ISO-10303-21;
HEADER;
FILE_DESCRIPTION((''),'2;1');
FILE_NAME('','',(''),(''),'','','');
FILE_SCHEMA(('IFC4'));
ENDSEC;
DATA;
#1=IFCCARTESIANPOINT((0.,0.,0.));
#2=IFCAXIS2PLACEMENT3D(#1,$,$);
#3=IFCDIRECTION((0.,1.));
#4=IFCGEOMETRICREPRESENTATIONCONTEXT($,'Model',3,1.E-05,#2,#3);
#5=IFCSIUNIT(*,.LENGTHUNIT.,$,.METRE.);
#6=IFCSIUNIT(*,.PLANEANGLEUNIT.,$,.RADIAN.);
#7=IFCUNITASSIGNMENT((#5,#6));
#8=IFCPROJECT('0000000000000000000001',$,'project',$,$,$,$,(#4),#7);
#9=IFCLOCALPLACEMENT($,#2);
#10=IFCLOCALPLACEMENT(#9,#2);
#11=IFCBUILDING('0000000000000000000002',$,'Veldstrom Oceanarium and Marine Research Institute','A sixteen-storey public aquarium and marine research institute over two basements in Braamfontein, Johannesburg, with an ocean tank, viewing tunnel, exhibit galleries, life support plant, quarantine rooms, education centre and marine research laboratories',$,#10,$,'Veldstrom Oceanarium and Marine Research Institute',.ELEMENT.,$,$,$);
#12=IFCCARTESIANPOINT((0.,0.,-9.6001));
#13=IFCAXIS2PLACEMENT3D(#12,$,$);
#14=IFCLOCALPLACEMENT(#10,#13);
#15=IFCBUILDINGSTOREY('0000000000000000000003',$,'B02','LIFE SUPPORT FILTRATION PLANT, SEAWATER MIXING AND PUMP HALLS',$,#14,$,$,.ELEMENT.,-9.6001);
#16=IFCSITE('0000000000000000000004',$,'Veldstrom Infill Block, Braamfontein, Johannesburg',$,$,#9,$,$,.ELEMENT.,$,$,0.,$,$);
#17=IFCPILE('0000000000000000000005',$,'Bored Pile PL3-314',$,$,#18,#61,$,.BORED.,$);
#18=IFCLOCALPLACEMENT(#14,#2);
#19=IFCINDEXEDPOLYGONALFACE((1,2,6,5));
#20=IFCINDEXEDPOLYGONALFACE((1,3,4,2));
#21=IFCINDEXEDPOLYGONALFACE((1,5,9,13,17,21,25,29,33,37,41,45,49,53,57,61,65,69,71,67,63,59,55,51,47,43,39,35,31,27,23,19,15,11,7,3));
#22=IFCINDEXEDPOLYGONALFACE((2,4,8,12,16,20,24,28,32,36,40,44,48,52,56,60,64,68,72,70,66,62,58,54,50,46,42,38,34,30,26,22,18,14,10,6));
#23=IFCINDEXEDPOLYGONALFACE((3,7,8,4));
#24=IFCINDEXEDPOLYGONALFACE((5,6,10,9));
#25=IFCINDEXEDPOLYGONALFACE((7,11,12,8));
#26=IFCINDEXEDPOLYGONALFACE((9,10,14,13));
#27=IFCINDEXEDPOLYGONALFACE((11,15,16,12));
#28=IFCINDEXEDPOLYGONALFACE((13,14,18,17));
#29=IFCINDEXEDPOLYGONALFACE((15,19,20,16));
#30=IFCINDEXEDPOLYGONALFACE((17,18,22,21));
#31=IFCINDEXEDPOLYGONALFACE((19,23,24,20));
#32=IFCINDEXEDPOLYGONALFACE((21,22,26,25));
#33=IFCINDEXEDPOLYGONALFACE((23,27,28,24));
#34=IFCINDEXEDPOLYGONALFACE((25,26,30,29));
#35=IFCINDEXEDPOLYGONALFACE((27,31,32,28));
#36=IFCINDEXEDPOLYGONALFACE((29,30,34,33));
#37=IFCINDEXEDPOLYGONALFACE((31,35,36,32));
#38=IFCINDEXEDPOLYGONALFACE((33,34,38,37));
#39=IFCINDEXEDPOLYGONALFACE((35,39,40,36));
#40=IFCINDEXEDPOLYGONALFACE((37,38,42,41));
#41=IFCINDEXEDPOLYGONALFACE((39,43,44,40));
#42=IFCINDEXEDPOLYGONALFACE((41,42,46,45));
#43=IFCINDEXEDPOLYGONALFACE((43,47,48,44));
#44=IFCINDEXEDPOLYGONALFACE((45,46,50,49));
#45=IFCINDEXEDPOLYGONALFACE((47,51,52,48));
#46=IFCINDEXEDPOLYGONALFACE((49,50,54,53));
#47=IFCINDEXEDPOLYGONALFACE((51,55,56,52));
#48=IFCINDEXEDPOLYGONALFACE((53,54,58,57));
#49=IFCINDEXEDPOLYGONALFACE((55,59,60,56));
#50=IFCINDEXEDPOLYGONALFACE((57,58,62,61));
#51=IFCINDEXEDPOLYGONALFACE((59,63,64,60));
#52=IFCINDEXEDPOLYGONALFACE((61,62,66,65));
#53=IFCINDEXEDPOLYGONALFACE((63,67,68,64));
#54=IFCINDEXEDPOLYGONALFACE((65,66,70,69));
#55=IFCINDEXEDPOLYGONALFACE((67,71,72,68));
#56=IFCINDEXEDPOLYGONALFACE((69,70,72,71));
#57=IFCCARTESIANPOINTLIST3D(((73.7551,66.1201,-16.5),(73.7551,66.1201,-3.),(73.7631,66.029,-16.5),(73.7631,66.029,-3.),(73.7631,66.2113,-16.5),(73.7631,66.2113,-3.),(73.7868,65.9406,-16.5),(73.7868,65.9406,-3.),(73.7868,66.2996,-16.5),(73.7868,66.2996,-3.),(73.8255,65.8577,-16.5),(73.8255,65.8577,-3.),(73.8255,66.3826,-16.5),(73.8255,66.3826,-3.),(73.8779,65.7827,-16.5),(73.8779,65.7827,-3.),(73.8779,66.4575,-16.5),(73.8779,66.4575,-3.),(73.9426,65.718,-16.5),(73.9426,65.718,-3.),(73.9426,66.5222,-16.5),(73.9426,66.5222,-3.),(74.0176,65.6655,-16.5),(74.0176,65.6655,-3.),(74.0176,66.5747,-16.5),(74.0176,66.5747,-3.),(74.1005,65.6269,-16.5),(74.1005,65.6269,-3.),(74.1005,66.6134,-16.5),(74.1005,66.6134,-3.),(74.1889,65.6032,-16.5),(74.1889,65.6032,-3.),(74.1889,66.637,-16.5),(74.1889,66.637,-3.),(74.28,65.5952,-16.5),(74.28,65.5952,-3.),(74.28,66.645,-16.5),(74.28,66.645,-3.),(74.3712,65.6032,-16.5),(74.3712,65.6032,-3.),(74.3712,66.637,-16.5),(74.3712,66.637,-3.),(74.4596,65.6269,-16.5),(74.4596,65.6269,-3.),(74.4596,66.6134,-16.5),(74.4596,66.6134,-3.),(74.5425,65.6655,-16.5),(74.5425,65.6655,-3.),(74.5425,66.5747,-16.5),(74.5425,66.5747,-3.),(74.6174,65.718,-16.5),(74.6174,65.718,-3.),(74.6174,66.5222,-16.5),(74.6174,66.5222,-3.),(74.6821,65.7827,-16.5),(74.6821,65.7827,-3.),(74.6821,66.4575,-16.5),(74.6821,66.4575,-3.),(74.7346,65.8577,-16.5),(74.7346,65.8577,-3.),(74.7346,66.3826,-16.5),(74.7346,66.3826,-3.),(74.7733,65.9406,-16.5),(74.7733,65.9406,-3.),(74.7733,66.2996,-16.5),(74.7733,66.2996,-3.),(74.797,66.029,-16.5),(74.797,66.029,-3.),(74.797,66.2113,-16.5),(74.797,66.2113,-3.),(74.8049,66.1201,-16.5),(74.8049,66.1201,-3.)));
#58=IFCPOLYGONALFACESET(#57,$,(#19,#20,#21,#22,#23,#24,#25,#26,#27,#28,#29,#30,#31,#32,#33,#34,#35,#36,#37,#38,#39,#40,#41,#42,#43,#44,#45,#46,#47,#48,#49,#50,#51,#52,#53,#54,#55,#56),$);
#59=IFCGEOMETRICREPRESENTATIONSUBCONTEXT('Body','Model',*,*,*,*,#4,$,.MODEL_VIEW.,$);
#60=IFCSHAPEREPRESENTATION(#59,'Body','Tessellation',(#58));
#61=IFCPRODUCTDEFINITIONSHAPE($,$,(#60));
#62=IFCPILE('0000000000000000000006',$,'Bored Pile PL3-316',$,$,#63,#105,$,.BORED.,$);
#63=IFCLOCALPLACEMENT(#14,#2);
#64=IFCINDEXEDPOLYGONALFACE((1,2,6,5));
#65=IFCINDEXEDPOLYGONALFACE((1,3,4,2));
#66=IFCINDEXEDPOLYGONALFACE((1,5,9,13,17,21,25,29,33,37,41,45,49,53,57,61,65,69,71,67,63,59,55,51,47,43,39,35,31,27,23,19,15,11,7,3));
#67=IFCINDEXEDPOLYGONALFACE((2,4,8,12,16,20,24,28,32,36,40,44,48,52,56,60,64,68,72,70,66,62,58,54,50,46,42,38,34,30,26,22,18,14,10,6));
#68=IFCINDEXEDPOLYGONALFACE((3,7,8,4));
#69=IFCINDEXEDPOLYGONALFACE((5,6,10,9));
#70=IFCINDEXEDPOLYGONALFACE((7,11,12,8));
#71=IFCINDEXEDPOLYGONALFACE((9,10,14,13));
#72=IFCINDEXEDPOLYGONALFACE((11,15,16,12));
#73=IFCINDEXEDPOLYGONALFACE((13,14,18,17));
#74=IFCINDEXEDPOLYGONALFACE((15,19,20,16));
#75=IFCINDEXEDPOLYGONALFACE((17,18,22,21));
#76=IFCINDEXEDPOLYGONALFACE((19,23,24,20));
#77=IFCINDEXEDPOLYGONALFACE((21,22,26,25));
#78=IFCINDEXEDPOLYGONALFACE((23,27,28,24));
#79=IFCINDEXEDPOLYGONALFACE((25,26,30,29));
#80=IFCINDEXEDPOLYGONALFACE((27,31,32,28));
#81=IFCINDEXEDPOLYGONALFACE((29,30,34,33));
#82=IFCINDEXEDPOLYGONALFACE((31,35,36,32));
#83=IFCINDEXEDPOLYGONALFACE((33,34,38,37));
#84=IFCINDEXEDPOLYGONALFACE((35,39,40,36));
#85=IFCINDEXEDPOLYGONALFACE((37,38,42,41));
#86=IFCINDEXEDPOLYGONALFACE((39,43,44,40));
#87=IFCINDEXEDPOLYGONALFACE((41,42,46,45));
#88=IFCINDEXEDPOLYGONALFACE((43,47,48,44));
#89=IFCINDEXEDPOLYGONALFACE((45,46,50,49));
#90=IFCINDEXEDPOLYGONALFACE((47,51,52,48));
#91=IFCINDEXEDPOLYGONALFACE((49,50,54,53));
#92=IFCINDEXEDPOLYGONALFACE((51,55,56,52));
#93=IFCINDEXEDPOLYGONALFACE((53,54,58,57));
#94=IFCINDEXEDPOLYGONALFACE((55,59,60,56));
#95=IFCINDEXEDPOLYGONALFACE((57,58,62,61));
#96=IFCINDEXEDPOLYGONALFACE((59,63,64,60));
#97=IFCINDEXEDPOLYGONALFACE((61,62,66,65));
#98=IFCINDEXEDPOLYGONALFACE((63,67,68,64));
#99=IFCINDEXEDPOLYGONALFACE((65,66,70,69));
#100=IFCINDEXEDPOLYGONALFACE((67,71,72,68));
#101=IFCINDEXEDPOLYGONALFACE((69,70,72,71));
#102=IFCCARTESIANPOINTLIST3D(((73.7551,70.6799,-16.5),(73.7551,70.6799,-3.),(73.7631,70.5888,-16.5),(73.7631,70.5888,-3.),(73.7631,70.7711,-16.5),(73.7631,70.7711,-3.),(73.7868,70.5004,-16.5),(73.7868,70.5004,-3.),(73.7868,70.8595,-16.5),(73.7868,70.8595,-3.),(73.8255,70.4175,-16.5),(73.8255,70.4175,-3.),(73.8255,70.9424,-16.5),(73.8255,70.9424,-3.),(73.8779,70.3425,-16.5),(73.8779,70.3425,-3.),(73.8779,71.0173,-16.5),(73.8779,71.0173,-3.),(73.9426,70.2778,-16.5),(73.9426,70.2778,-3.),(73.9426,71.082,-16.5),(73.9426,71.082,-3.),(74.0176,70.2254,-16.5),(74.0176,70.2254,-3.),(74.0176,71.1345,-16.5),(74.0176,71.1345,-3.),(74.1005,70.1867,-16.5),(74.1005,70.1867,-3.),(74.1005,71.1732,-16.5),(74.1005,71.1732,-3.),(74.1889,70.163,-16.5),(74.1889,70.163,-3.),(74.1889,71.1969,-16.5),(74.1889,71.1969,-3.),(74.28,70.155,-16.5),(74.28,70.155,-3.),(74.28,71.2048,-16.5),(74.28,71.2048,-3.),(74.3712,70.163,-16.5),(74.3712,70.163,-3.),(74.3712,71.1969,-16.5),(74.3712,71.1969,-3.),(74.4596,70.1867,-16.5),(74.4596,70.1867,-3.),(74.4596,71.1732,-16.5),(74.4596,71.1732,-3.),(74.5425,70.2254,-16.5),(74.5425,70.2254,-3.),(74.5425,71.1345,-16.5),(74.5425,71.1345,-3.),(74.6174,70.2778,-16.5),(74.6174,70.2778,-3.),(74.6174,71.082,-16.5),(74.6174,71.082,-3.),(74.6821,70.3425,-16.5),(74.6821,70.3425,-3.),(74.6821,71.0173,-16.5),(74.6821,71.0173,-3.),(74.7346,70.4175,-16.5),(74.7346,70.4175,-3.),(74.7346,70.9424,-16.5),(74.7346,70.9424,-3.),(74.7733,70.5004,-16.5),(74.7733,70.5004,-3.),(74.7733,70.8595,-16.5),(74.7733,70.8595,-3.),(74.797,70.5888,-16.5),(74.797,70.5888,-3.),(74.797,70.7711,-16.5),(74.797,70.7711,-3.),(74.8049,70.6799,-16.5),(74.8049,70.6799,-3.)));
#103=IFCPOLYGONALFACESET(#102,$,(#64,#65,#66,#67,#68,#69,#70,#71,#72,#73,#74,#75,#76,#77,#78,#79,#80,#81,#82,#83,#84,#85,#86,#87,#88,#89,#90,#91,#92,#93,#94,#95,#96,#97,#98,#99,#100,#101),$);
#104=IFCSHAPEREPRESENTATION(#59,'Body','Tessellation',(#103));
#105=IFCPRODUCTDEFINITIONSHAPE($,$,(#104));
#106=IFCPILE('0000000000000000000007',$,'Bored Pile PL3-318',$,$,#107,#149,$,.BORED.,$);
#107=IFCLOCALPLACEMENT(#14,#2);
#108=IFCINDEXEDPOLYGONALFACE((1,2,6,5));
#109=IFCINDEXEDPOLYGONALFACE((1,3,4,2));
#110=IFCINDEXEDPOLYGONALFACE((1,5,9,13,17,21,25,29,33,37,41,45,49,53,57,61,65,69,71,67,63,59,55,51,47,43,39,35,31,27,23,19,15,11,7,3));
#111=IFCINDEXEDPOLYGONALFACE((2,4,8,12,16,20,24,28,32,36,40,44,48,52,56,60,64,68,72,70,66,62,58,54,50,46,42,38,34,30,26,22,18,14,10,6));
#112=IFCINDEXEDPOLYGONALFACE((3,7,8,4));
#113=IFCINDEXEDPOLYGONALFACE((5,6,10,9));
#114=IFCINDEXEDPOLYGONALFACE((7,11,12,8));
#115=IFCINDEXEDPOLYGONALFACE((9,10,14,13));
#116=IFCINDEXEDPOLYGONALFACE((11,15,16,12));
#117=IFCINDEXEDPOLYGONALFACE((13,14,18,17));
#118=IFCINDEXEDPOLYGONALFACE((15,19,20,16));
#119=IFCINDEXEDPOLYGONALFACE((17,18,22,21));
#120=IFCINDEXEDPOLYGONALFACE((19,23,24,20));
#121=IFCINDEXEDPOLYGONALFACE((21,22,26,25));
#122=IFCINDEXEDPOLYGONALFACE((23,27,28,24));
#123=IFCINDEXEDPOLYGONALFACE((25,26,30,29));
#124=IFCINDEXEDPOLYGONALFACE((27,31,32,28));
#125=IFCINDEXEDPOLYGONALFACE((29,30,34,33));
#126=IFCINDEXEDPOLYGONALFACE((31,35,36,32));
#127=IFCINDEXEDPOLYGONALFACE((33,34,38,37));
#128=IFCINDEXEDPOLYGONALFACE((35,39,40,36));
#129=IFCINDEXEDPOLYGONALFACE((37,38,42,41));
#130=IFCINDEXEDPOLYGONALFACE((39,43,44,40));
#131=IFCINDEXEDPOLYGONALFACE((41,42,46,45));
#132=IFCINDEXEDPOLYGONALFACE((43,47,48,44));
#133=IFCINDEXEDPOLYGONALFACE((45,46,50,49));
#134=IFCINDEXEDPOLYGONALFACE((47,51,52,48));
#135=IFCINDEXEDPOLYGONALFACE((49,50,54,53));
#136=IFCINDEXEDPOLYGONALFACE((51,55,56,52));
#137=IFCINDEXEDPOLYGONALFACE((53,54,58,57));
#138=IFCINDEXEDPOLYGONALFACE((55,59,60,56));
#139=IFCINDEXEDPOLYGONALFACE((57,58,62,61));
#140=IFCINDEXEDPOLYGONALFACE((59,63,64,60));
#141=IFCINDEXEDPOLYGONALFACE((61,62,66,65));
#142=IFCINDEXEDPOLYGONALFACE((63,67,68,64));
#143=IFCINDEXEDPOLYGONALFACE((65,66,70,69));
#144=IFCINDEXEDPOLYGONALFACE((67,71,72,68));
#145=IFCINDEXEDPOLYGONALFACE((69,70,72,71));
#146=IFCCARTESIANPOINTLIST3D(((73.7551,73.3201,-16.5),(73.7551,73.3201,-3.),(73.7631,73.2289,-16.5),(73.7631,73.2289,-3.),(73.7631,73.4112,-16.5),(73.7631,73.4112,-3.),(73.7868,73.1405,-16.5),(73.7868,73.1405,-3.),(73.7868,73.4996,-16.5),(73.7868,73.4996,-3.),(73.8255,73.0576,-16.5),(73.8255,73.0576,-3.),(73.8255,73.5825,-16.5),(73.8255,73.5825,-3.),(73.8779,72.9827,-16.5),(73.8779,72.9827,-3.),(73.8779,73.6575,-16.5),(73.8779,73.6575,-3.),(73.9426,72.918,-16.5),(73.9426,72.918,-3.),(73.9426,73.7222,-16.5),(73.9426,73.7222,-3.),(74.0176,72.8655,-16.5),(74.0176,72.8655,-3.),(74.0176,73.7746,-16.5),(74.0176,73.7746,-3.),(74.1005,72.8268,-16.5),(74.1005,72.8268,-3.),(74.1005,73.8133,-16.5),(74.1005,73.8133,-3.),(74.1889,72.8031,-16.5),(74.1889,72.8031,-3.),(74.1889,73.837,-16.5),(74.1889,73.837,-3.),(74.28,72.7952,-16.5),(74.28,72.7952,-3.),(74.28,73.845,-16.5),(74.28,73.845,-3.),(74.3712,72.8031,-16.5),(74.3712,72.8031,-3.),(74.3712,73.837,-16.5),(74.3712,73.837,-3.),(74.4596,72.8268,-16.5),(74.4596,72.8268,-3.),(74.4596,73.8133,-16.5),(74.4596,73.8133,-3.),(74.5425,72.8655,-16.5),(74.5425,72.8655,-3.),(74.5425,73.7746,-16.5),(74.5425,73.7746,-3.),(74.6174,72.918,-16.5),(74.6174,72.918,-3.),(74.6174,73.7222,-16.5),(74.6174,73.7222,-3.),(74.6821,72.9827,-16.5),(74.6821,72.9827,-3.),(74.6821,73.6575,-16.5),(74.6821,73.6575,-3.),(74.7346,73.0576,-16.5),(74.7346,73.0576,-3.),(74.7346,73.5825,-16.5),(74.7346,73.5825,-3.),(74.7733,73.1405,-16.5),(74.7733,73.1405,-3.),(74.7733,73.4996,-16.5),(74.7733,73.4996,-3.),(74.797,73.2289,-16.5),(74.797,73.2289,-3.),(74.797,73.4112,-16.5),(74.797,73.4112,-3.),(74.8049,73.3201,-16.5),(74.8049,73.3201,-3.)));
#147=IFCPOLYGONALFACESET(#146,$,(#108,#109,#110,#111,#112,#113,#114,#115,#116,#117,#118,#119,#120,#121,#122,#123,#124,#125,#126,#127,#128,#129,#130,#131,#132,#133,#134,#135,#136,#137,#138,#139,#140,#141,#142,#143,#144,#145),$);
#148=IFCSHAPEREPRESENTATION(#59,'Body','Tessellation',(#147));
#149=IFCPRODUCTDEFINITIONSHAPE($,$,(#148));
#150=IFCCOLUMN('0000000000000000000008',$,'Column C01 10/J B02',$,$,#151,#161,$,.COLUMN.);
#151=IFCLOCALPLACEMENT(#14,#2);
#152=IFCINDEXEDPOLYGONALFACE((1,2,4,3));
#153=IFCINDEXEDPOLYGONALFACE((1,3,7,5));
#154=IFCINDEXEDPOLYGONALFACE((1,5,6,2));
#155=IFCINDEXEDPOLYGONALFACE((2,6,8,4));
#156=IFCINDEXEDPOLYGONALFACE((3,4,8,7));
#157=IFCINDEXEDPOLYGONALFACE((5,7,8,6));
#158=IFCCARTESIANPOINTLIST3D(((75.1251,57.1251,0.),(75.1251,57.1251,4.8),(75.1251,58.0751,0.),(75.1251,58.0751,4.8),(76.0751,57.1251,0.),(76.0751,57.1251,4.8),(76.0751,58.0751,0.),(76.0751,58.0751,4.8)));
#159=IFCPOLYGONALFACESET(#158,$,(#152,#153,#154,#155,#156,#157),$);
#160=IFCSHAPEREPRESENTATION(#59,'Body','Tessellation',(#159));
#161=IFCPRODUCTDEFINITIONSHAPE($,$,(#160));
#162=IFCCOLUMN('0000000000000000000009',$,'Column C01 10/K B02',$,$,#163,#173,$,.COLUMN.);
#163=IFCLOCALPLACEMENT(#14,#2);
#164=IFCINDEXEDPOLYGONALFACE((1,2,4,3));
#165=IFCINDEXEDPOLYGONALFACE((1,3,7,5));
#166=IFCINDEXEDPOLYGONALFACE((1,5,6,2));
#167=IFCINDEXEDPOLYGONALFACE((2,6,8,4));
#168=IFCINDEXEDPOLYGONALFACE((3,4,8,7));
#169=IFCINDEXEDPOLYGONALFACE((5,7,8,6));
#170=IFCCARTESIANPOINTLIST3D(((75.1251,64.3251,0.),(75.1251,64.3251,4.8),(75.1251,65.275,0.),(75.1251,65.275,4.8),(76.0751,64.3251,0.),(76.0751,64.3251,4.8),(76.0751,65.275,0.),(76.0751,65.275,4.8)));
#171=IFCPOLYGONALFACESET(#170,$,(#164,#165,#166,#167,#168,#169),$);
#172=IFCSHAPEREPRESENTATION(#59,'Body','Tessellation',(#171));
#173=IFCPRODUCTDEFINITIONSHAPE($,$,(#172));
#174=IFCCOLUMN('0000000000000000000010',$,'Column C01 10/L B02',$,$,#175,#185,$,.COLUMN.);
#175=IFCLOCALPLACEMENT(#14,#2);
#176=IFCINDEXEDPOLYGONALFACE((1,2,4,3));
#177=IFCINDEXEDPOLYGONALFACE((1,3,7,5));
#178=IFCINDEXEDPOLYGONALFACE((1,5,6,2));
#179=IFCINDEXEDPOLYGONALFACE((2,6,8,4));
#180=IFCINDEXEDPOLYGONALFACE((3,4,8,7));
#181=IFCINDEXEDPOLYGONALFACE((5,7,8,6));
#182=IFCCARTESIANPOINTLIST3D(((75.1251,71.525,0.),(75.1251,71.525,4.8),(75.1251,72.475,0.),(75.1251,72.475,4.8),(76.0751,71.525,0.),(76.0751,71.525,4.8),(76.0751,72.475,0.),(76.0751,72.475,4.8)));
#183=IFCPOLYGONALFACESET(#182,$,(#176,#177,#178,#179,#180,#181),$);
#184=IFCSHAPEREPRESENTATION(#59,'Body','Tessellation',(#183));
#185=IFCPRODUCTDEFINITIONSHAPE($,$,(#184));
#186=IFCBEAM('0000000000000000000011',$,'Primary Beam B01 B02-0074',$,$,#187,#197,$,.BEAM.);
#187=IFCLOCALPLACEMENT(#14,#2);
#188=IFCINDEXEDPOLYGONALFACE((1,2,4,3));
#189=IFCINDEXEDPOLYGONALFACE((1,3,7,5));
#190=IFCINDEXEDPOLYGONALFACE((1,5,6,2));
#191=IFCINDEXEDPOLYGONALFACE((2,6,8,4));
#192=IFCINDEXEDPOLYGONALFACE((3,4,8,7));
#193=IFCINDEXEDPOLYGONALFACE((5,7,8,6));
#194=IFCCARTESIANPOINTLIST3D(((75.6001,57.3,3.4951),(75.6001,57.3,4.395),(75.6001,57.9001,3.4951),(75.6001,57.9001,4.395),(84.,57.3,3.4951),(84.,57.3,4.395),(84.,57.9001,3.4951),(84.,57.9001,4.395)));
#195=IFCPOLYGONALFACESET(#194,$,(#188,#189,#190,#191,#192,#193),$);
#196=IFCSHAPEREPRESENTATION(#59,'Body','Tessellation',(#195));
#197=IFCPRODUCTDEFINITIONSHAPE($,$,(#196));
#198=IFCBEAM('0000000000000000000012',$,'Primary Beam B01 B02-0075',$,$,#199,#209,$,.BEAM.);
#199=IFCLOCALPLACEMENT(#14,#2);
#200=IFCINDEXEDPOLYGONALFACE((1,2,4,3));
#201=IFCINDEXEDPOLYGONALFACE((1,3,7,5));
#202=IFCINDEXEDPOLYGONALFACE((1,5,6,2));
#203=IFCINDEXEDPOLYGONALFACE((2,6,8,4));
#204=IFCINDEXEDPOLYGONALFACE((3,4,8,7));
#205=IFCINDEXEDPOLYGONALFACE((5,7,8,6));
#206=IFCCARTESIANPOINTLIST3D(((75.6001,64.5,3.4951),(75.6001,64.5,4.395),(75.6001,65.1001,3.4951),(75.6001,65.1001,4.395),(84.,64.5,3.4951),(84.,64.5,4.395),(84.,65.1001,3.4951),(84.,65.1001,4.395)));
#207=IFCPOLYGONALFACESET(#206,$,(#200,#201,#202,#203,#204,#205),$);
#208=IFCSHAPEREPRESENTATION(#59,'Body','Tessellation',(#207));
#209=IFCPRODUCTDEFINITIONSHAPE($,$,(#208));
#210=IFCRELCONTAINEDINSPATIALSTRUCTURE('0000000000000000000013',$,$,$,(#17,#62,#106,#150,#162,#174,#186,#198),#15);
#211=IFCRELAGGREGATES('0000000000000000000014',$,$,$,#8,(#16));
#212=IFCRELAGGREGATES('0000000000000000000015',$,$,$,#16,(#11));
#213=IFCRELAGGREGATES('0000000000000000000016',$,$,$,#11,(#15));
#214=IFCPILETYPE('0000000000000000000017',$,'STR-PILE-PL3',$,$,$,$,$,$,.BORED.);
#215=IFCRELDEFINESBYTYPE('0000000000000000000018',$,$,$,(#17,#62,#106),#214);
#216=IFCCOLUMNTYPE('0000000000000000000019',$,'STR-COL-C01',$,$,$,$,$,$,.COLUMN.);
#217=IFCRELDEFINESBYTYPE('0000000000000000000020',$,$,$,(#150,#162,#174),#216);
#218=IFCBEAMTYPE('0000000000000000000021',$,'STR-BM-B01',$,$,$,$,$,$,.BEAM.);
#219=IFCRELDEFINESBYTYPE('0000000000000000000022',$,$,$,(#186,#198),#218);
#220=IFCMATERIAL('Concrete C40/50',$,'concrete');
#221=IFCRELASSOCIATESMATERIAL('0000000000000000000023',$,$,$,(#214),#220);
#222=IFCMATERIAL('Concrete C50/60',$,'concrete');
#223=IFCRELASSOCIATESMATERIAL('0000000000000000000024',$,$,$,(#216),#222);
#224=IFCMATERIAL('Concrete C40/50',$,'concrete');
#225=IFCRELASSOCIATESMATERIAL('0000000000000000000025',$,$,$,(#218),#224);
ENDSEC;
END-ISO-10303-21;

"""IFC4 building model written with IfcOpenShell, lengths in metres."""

from ifc_helpers import new_model, si_unit, direction, frame, origin, origin_2d, place, context, subcontext, project, spatial, rectangle, circle, extrude, material, material_profile, profile_set, type_object, element, save


model = new_model("IFC4")

# Units and contexts
model_context = context("Model", 3, precision=1e-05, world=origin(), true_north=direction((0.0, 1.0)))
body_context = subcontext(model_context, "Body", "Model", "MODEL_VIEW")
ifc_project = project(units=[si_unit("LENGTHUNIT", "METRE"), si_unit("PLANEANGLEUNIT", "RADIAN")], contexts=[model_context])

# Site, building, storey
site_placement = place(None, origin())
site = spatial("IfcSite", under=ifc_project, at=site_placement, Name="Veldstrom Infill Block, Braamfontein, Johannesburg", CompositionType="ELEMENT", RefElevation=0.0)
building_placement = place(site_placement, origin())
building = spatial("IfcBuilding", under=site, at=building_placement, Name="Veldstrom Oceanarium and Marine Research Institute", Description="A sixteen-storey public aquarium and marine research institute over two basements in Braamfontein, Johannesburg, with an ocean tank, viewing tunnel, exhibit galleries, life support plant, quarantine rooms, education centre and marine research laboratories", LongName="Veldstrom Oceanarium and Marine Research Institute", CompositionType="ELEMENT")
storey_placement = place(building_placement, frame((0.0, 0.0, -9.6001)))
storey = spatial("IfcBuildingStorey", under=building, at=storey_placement, Name="B02", Description="LIFE SUPPORT FILTRATION PLANT, SEAWATER MIXING AND PUMP HALLS", CompositionType="ELEMENT", Elevation=-9.6001)

# Piles
ifc_material_1 = material(Name="Concrete C40/50", Category="concrete")
ifc_material_profile_1 = material_profile(ifc_material_1, circle(Radius=0.5249, at=origin_2d()), Name="PILE-D1050")
ifc_profile_set_1 = profile_set([ifc_material_profile_1], Name="Concrete C40/50")
pile_type_1 = type_object("IfcPileType", Name="STR-PILE-PL3", PredefinedType="BORED", material=ifc_profile_set_1)
for number, where, z_axis, x_axis, name in (
    (1, (74.28, 66.1201, -3.0), (0.0, 0.0, -1.0), (1.0, 0.0, 0.0), "Bored Pile PL3-314"),
    (2, (74.28, 70.6799, -3.0), (0.0, 0.0, -1.0), (1.0, 0.0, 0.0), "Bored Pile PL3-316"),
    (3, (74.28, 73.3201, -3.0), (0.0, 0.0, -1.0), (1.0, 0.0, 0.0), "Bored Pile PL3-318"),
):
    element("IfcPile", number, at=place(storey_placement, frame(where, z_axis=z_axis, x_axis=x_axis)), inside=storey, type_object=pile_type_1, Name=name, PredefinedType="BORED", context=body_context, shape_type="SweptSolid", body=[
        extrude(circle(Radius=0.5249, at=origin_2d()), origin(), (0.0, 0.0, 1.0), 13.5),
    ])

# Columns
ifc_material_2 = material(Name="Concrete C50/60", Category="concrete")
ifc_material_profile_2 = material_profile(ifc_material_2, rectangle(XDim=0.95, YDim=0.95, at=origin_2d()), Name="RC-COL-950x950")
ifc_profile_set_2 = profile_set([ifc_material_profile_2], Name="Concrete C50/60")
column_type = type_object("IfcColumnType", Name="STR-COL-C01", PredefinedType="COLUMN", material=ifc_profile_set_2)
for number, where, z_axis, x_axis, name in (
    (4, (75.6001, 57.6001, 0.0), (0.0, 0.0, 1.0), (1.0, 0.0, 0.0), "Column C01 10/J B02"),
    (5, (75.6001, 64.8, 0.0), (0.0, 0.0, 1.0), (1.0, 0.0, 0.0), "Column C01 10/K B02"),
    (6, (75.6001, 72.0, 0.0), (0.0, 0.0, 1.0), (1.0, 0.0, 0.0), "Column C01 10/L B02"),
):
    element("IfcColumn", number, at=place(storey_placement, frame(where, z_axis=z_axis, x_axis=x_axis)), inside=storey, type_object=column_type, Name=name, PredefinedType="COLUMN", context=body_context, shape_type="SweptSolid", body=[
        extrude(rectangle(XDim=0.95, YDim=0.95, at=origin_2d()), origin(), (0.0, 0.0, 1.0), 4.8),
    ])

# Beams
ifc_material_3 = material(Name="Concrete C40/50", Category="concrete")
ifc_material_profile_3 = material_profile(ifc_material_3, rectangle(XDim=0.6001, YDim=0.8999, at=origin_2d()), Name="RC-BM-600x900")
ifc_profile_set_3 = profile_set([ifc_material_profile_3], Name="Concrete C40/50")
beam_type_1 = type_object("IfcBeamType", Name="STR-BM-B01", PredefinedType="BEAM", material=ifc_profile_set_3)
for number, where, z_axis, x_axis, name in (
    (7, (75.6001, 57.6001, 3.9451), (1.0, 0.0, 0.0), (0.0, 1.0, 0.0), "Primary Beam B01 B02-0074"),
    (8, (75.6001, 64.8, 3.9451), (1.0, 0.0, 0.0), (0.0, 1.0, 0.0), "Primary Beam B01 B02-0075"),
):
    element("IfcBeam", number, at=place(storey_placement, frame(where, z_axis=z_axis, x_axis=x_axis)), inside=storey, type_object=beam_type_1, Name=name, PredefinedType="BEAM", context=body_context, shape_type="SweptSolid", body=[
        extrude(rectangle(XDim=0.6001, YDim=0.8999, at=origin_2d()), origin(), (0.0, 0.0, 1.0), 8.3999),
    ])

save(model, "model.ifc")
